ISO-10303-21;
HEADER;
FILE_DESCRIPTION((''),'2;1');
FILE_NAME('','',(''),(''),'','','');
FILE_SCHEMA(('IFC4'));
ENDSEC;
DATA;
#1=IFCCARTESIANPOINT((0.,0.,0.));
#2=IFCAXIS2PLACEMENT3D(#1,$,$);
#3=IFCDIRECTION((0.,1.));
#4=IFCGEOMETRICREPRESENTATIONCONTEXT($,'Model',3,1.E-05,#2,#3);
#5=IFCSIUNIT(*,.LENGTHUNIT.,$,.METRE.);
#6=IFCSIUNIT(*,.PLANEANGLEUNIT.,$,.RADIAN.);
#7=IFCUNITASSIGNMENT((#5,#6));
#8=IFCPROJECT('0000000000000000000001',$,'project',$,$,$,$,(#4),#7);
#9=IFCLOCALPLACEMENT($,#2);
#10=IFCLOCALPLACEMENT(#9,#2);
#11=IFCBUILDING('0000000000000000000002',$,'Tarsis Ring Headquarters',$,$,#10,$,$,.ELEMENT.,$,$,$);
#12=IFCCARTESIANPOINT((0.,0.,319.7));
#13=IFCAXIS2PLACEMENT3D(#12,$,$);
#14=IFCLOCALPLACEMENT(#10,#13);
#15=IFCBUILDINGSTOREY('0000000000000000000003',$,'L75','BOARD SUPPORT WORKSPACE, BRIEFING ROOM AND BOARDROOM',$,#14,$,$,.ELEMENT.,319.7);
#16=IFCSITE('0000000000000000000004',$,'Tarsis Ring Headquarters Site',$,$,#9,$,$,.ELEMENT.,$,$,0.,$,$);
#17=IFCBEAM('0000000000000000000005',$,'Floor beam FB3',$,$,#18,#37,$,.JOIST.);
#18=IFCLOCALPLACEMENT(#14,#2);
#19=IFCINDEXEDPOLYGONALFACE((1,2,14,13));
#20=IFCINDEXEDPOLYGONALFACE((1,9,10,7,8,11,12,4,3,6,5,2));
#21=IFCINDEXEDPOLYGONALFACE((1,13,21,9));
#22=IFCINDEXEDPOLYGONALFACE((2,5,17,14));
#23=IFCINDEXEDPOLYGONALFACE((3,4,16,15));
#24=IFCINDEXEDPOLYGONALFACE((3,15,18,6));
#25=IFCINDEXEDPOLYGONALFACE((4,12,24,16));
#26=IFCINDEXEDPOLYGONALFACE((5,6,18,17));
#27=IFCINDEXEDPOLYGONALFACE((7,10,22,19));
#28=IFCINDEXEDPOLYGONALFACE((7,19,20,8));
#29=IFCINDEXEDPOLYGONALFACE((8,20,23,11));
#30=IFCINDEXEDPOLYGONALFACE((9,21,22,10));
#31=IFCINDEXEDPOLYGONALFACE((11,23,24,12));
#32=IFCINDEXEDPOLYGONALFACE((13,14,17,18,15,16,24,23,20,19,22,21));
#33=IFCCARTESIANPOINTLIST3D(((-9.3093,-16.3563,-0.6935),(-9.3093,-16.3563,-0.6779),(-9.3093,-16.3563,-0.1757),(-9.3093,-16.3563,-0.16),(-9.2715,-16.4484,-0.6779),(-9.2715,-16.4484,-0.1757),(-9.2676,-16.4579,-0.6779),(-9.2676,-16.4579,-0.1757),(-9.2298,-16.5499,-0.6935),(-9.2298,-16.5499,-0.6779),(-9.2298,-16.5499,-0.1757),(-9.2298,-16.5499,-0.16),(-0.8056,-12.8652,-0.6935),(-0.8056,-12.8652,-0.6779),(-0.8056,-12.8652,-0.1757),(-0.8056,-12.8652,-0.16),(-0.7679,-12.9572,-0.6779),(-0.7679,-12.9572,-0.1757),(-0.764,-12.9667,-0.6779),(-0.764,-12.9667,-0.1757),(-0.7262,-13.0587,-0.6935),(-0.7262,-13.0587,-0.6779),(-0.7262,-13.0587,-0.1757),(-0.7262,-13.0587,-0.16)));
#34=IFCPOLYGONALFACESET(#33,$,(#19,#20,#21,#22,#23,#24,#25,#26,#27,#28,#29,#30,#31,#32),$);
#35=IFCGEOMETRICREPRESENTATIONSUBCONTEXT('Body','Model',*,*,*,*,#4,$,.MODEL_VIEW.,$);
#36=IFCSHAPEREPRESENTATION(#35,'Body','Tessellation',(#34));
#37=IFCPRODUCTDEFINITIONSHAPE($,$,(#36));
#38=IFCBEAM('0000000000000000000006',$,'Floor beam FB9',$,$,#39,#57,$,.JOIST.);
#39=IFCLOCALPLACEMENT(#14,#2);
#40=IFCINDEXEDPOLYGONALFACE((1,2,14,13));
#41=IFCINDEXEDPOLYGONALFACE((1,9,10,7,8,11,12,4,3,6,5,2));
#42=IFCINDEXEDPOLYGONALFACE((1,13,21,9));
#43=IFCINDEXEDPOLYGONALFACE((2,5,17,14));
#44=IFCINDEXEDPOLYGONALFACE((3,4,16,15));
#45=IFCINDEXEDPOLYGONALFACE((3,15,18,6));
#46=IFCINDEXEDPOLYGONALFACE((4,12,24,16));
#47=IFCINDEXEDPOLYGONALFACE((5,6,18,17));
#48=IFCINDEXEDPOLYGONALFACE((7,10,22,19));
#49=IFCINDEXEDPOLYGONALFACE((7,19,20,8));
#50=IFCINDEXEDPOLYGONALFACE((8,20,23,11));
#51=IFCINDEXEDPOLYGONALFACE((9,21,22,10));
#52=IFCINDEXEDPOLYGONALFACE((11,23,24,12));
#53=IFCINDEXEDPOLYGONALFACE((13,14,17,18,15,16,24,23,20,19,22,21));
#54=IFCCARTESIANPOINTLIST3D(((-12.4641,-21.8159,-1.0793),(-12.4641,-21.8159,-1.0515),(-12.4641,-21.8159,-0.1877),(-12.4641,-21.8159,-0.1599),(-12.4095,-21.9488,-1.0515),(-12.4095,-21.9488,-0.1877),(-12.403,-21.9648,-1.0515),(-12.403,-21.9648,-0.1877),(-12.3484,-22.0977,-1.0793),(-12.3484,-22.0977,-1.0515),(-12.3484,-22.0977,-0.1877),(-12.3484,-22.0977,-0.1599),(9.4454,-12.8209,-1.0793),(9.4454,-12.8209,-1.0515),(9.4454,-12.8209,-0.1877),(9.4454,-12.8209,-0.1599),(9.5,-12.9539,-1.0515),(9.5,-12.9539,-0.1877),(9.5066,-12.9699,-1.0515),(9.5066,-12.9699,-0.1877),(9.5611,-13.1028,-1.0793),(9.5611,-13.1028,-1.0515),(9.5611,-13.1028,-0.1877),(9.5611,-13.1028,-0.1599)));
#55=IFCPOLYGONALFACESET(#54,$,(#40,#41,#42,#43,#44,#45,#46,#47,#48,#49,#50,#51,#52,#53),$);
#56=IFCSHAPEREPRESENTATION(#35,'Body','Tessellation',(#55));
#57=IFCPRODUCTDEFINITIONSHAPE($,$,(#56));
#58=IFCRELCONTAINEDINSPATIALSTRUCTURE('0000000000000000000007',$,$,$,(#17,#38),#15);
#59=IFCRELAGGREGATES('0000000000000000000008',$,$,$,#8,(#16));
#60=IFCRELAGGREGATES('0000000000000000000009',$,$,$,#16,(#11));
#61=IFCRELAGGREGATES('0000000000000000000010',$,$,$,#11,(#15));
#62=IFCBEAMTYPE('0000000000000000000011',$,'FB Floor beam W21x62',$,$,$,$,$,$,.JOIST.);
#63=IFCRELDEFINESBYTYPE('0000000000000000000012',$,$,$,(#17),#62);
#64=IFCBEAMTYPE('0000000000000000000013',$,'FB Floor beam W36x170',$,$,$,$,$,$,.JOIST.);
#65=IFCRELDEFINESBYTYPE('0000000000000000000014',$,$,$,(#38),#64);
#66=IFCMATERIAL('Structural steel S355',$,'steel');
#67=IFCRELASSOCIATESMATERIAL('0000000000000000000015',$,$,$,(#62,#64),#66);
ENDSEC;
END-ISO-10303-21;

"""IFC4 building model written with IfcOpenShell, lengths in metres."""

from ifc_helpers import new_model, si_unit, direction, frame, origin, origin_2d, place, context, subcontext, project, spatial, i_section, extrude, material, material_profile, profile_set, type_object, element, save


model = new_model("IFC4")

# Units and contexts
model_context = context("Model", 3, precision=1e-05, world=origin(), true_north=direction((0.0, 1.0)))
body_context = subcontext(model_context, "Body", "Model", "MODEL_VIEW")
ifc_project = project(units=[si_unit("LENGTHUNIT", "METRE"), si_unit("PLANEANGLEUNIT", "RADIAN")], contexts=[model_context])

# Site, building, storey
site_placement = place(None, origin())
site = spatial("IfcSite", under=ifc_project, at=site_placement, Name="Tarsis Ring Headquarters Site", CompositionType="ELEMENT", RefElevation=0.0)
building_placement = place(site_placement, origin())
building = spatial("IfcBuilding", under=site, at=building_placement, Name="Tarsis Ring Headquarters", CompositionType="ELEMENT")
storey_placement = place(building_placement, frame((0.0, 0.0, 319.7)))
storey = spatial("IfcBuildingStorey", under=building, at=storey_placement, Name="L75", Description="BOARD SUPPORT WORKSPACE, BRIEFING ROOM AND BOARDROOM", CompositionType="ELEMENT", Elevation=319.7)

# Beams
ifc_material_1 = material(Name="Structural steel S355", Category="steel")
ifc_material_profile_1 = material_profile(ifc_material_1, i_section(OverallWidth=0.2092, OverallDepth=0.5334, WebThickness=0.0103, FlangeThickness=0.0156, at=origin_2d()), Name="W21x62")
ifc_profile_set_1 = profile_set([ifc_material_profile_1], Name="Structural steel S355")
beam_type_1 = type_object("IfcBeamType", Name="FB Floor beam W21x62", PredefinedType="JOIST", material=ifc_profile_set_1)
beam_1_placement = place(storey_placement, frame((-9.2695, -16.4531, -0.4268), z_axis=(0.925072, 0.379792, 0.0), x_axis=(-0.379792, 0.925072, 0.0)))
element("IfcBeam", 1, at=beam_1_placement, inside=storey, type_object=beam_type_1, Name="Floor beam FB3", PredefinedType="JOIST", context=body_context, shape_type="SweptSolid", body=[
    extrude(i_section(OverallWidth=0.2092, OverallDepth=0.5334, WebThickness=0.0103, FlangeThickness=0.0156, at=origin_2d()), origin(), (0.0, 0.0, 1.0), 9.1924),
])
ifc_material_profile_2 = material_profile(ifc_material_1, i_section(OverallWidth=0.3047, OverallDepth=0.9194, WebThickness=0.0173, FlangeThickness=0.0278, at=origin_2d()), Name="W36x170")
ifc_profile_set_2 = profile_set([ifc_material_profile_2], Name="Structural steel S355")
beam_type_2 = type_object("IfcBeamType", Name="FB Floor beam W36x170", PredefinedType="JOIST", material=ifc_profile_set_2)
beam_2_placement = place(storey_placement, frame((-12.4062, -21.9568, -0.6196), z_axis=(0.925074, 0.379787, 0.0), x_axis=(-0.379787, 0.925074, 0.0)))
element("IfcBeam", 2, at=beam_2_placement, inside=storey, type_object=beam_type_2, Name="Floor beam FB9", PredefinedType="JOIST", context=body_context, shape_type="SweptSolid", body=[
    extrude(i_section(OverallWidth=0.3047, OverallDepth=0.9194, WebThickness=0.0173, FlangeThickness=0.0278, at=origin_2d()), origin(), (0.0, 0.0, 1.0), 23.6841),
])

save(model, "model.ifc")
